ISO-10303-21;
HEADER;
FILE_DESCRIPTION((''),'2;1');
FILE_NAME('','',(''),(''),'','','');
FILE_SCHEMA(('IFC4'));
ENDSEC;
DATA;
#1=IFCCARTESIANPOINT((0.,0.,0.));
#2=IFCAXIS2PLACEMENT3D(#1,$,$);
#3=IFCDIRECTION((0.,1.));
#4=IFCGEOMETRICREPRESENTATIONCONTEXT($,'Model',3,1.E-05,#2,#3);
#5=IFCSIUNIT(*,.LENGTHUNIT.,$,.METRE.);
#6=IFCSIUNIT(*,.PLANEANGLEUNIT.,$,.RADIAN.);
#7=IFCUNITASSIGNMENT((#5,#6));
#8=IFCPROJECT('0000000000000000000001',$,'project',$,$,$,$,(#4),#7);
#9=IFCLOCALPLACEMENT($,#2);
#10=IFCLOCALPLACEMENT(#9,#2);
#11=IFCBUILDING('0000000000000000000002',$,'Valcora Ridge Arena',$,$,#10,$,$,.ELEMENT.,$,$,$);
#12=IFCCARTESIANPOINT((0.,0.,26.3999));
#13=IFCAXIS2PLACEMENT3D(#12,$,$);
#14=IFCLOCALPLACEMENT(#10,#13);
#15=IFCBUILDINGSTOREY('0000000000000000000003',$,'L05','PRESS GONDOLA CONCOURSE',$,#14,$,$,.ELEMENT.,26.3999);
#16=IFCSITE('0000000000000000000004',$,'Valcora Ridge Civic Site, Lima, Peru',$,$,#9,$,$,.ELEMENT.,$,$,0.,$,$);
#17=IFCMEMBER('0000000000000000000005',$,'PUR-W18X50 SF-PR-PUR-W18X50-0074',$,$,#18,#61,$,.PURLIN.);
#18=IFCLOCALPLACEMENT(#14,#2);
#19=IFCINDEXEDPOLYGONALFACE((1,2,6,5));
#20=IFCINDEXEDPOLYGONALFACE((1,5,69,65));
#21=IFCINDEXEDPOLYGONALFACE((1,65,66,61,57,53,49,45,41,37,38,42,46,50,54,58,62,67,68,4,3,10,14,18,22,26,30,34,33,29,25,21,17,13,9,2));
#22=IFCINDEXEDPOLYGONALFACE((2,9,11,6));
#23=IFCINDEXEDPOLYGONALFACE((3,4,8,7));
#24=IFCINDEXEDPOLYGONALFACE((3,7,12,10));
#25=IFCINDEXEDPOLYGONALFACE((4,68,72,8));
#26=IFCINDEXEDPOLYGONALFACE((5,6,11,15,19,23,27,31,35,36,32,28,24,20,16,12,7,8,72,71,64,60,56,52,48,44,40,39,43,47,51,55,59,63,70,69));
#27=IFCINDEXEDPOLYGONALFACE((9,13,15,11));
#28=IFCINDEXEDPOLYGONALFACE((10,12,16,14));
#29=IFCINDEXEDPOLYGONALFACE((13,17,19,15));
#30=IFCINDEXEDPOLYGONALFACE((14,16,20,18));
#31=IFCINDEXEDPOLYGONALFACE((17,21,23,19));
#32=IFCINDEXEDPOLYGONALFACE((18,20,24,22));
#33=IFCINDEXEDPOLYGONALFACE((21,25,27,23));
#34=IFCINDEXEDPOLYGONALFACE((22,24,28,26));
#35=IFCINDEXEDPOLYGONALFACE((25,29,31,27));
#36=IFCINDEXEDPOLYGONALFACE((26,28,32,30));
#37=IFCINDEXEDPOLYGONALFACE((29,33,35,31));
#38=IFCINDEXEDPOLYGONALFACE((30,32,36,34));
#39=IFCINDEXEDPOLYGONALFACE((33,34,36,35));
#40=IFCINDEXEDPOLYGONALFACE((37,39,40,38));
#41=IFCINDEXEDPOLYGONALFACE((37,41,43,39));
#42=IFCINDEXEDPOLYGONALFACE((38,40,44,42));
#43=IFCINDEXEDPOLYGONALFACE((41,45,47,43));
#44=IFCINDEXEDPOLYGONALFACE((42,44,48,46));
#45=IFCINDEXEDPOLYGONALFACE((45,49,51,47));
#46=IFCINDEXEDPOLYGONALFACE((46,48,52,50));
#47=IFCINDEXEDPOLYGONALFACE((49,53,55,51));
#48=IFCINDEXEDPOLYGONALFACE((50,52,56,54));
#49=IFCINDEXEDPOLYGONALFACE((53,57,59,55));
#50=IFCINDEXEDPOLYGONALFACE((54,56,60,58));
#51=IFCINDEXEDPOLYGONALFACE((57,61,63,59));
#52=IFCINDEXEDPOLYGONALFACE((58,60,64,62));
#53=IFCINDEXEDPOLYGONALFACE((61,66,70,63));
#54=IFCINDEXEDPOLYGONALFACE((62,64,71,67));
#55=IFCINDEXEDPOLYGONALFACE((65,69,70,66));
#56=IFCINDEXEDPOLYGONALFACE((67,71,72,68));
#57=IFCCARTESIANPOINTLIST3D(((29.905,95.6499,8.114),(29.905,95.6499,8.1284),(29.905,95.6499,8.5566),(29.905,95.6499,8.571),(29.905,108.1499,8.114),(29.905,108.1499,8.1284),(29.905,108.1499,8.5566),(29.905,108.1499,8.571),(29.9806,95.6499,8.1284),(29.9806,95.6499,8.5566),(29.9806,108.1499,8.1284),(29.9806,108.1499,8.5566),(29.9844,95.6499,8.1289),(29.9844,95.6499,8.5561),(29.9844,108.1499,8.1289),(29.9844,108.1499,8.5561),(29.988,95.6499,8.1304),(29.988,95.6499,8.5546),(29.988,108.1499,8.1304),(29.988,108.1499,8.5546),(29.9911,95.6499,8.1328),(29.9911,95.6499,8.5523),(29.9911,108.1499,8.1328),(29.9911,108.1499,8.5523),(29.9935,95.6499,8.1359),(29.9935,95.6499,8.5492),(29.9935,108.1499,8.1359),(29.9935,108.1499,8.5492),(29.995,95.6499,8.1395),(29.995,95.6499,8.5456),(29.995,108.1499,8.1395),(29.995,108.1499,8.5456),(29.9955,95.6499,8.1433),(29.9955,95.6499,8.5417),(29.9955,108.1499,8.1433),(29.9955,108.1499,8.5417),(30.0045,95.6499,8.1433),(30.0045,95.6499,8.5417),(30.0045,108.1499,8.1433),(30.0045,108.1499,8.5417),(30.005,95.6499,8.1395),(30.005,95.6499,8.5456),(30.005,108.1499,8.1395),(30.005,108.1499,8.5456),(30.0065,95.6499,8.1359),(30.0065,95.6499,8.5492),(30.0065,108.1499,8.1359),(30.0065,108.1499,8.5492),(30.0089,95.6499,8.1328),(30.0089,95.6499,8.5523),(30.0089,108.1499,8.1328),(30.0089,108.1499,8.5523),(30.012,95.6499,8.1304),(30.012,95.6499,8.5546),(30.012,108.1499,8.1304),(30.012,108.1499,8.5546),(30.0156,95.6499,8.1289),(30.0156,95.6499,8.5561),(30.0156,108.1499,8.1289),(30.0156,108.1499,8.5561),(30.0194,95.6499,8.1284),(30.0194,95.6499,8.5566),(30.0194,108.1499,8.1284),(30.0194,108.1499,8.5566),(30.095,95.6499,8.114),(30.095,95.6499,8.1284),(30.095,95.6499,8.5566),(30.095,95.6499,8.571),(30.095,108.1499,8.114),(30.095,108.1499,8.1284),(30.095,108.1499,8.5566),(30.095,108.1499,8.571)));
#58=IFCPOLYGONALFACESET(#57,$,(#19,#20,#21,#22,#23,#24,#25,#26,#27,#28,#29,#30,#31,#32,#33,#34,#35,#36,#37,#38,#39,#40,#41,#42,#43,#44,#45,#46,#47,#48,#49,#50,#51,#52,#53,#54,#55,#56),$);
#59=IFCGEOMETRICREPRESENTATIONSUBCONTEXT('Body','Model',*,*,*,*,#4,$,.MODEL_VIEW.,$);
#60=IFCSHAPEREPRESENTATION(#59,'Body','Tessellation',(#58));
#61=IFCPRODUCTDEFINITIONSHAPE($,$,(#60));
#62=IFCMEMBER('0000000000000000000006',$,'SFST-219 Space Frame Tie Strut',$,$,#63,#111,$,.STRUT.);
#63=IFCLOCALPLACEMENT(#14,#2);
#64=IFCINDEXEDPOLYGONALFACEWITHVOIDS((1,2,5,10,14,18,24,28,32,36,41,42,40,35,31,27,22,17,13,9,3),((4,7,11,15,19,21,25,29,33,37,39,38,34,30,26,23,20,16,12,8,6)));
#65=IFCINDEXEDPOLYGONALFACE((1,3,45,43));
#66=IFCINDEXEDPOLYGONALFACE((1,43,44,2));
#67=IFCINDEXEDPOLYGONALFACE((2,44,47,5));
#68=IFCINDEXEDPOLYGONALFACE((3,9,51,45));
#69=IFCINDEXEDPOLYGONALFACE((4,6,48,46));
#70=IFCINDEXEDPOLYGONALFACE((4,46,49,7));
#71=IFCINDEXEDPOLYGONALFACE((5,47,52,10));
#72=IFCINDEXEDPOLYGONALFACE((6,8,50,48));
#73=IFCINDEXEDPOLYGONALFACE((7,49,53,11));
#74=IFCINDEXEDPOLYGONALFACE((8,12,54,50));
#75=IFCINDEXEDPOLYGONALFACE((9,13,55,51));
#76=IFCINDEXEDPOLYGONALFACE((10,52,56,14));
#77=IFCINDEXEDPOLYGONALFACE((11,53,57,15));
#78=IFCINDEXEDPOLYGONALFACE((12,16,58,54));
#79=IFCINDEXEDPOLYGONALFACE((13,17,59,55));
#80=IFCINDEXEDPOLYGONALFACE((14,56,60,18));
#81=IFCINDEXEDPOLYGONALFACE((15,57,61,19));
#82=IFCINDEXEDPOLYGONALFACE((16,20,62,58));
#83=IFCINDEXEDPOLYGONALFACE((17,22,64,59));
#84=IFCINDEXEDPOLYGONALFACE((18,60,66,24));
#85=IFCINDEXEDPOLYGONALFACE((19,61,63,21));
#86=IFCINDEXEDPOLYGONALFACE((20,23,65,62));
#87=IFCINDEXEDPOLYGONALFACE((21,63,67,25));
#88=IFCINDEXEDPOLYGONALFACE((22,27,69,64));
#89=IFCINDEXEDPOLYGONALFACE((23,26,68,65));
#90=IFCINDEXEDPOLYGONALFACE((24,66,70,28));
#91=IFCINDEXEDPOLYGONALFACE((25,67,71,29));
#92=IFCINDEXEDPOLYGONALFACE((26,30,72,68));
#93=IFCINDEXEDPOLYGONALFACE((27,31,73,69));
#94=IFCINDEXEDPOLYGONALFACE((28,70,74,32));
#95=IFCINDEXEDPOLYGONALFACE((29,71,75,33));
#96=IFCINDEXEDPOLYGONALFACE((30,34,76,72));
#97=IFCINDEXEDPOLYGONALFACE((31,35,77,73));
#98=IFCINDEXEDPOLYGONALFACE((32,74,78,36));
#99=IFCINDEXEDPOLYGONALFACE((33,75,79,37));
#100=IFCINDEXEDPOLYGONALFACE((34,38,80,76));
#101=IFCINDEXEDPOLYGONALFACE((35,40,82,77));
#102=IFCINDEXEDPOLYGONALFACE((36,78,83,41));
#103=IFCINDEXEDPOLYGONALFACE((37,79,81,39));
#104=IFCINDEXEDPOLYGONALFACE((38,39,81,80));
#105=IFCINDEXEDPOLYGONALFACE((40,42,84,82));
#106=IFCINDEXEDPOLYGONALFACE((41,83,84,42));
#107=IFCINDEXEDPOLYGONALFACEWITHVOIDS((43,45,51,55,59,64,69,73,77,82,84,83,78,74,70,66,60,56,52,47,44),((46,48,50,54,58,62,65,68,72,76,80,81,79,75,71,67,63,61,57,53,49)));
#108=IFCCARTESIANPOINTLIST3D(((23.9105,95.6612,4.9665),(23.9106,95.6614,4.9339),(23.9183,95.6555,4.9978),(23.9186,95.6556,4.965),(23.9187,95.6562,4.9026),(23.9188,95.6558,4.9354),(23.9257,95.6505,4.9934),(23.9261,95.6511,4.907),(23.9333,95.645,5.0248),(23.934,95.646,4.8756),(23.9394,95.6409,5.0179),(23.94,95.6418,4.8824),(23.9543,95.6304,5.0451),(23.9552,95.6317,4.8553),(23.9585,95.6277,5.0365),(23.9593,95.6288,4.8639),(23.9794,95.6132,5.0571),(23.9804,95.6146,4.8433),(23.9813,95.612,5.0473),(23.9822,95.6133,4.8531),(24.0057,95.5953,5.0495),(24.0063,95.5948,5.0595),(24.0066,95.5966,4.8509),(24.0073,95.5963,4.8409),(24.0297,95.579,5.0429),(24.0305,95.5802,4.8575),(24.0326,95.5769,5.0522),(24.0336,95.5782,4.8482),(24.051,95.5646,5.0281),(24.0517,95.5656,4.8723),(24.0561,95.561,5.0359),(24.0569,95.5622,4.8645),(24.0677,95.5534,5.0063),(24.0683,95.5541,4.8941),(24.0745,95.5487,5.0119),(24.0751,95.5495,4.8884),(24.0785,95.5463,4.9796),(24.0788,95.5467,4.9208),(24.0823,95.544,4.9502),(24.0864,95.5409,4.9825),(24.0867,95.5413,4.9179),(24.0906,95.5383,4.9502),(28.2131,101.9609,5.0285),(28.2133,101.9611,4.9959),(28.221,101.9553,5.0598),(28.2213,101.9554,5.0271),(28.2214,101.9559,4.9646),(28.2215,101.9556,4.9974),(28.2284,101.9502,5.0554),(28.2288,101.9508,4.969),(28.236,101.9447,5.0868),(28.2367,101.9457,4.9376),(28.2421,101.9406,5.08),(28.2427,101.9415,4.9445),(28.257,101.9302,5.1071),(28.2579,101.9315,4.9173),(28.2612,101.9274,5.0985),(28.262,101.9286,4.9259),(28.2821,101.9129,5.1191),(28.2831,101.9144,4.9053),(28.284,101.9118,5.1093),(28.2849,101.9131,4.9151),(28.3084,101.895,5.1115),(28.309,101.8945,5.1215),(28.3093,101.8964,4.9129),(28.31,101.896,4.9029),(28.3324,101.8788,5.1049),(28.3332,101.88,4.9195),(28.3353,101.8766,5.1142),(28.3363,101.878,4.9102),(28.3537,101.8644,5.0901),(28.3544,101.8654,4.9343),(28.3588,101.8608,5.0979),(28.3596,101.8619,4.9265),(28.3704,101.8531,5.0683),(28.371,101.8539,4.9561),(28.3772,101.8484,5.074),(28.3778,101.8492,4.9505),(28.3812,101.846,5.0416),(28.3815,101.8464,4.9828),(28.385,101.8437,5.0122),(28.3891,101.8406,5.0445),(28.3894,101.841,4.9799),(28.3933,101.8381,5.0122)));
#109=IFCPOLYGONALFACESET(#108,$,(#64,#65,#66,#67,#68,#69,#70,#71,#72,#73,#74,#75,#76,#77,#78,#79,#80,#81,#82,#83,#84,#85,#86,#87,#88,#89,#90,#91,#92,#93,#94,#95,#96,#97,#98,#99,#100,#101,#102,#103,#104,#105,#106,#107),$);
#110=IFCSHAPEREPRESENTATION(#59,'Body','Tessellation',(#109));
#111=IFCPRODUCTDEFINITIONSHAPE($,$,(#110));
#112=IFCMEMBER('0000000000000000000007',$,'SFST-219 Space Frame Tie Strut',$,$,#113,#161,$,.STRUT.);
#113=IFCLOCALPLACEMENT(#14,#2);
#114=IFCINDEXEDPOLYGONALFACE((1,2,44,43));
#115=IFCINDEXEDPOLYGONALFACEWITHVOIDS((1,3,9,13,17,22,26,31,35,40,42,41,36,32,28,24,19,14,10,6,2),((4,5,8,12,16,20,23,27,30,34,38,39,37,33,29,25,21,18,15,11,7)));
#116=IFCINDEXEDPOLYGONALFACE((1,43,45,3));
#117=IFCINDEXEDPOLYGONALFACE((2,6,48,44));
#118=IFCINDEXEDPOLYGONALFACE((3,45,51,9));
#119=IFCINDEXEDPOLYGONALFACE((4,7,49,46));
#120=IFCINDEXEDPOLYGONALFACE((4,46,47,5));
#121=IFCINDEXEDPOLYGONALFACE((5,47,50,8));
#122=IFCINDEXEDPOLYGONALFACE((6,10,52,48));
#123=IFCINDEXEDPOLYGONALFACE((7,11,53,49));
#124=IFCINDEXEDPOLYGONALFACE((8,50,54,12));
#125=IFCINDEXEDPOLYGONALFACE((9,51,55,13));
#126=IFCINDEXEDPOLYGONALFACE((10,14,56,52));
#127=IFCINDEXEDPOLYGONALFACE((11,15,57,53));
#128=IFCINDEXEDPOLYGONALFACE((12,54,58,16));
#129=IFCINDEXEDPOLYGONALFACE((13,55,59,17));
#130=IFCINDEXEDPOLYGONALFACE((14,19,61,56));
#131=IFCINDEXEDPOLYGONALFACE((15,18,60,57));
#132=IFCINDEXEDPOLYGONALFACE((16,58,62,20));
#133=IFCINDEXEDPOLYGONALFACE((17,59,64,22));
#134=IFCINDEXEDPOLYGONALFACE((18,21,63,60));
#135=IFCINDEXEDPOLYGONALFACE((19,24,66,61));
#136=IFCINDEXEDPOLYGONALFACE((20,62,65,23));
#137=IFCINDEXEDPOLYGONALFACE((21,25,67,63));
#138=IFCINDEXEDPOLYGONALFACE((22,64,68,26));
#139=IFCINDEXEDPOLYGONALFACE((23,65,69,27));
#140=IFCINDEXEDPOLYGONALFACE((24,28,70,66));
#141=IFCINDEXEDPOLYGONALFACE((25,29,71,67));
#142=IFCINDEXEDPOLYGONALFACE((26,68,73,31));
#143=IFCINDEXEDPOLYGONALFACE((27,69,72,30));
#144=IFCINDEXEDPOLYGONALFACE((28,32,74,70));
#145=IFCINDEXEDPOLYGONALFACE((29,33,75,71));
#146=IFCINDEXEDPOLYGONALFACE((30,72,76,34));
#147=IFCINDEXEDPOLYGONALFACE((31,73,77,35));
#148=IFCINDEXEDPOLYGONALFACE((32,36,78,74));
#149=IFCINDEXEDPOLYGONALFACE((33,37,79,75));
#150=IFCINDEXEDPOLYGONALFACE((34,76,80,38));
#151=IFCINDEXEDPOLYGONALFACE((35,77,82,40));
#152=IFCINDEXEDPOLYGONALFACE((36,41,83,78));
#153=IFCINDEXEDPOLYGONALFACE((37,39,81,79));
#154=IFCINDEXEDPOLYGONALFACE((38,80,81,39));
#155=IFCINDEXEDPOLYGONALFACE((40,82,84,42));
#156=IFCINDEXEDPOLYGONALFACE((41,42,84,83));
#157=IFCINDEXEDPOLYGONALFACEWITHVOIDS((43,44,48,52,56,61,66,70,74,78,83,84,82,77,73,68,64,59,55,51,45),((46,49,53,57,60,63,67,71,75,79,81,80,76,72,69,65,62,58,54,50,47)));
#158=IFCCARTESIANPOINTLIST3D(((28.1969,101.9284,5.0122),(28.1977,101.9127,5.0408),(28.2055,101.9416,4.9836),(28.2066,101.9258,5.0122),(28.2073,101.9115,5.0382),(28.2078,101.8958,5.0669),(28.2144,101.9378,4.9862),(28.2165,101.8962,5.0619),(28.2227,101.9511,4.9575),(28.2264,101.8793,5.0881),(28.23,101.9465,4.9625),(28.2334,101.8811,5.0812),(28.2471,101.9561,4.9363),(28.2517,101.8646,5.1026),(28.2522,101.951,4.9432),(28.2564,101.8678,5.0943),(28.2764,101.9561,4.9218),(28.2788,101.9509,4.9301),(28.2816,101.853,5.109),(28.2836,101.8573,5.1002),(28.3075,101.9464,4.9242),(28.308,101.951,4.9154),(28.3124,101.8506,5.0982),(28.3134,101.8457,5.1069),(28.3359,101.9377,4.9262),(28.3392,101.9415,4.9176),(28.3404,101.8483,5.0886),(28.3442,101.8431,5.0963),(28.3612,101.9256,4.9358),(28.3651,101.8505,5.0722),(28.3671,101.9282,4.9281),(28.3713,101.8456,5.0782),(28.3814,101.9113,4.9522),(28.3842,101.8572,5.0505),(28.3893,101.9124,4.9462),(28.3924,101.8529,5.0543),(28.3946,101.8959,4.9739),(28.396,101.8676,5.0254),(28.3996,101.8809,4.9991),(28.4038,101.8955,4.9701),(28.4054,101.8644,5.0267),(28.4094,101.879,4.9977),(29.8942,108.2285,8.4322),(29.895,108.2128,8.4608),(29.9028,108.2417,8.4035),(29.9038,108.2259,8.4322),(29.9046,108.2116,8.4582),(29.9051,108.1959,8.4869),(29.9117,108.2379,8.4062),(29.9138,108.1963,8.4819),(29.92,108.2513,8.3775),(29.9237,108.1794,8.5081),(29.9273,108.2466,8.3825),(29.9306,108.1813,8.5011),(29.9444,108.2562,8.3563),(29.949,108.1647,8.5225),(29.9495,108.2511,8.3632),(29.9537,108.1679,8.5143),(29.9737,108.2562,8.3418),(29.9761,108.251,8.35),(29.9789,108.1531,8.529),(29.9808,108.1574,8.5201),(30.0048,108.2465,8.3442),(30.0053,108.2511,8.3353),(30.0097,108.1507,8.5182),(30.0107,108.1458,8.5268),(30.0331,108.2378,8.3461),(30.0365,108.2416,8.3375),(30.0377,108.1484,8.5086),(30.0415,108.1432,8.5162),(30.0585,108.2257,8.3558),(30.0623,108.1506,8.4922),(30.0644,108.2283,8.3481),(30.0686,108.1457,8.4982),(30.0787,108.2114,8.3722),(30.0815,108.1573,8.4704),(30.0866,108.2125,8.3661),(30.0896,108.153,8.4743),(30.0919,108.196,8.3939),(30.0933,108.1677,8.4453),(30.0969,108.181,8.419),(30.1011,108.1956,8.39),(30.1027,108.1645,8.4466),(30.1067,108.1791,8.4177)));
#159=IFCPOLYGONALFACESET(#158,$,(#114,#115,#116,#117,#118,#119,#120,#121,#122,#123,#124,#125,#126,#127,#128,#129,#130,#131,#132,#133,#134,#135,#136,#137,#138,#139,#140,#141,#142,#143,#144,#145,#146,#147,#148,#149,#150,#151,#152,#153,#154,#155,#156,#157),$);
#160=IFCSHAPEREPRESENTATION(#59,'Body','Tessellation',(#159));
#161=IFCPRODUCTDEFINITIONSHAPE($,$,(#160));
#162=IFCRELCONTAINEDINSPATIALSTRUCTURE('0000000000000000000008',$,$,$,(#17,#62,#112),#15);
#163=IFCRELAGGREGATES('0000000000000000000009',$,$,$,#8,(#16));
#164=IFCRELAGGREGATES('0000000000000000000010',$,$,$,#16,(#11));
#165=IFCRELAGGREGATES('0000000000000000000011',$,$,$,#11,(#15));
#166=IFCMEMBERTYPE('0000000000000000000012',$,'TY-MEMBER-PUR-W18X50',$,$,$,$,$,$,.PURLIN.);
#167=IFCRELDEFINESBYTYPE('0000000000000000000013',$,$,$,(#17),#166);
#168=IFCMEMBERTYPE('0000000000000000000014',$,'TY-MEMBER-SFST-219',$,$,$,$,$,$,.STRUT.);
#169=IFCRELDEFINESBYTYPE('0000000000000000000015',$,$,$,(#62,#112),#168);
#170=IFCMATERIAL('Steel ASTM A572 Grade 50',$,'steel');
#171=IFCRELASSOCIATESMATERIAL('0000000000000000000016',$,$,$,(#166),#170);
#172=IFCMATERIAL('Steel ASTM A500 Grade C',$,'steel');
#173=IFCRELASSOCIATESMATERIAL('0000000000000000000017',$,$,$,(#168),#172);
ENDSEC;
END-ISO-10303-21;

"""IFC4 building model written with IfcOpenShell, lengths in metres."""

from ifc_helpers import new_model, si_unit, direction, frame, origin, origin_2d, place, context, subcontext, project, spatial, hollow_circle, i_section, extrude, material, material_profile, profile_set, type_object, element, save


model = new_model("IFC4")

# Units and contexts
model_context = context("Model", 3, precision=1e-05, world=origin(), true_north=direction((0.0, 1.0)))
body_context = subcontext(model_context, "Body", "Model", "MODEL_VIEW")
ifc_project = project(units=[si_unit("LENGTHUNIT", "METRE"), si_unit("PLANEANGLEUNIT", "RADIAN")], contexts=[model_context])

# Site, building, storey
site_placement = place(None, origin())
site = spatial("IfcSite", under=ifc_project, at=site_placement, Name="Valcora Ridge Civic Site, Lima, Peru", CompositionType="ELEMENT", RefElevation=0.0)
building_placement = place(site_placement, origin())
building = spatial("IfcBuilding", under=site, at=building_placement, Name="Valcora Ridge Arena", CompositionType="ELEMENT")
storey_placement = place(building_placement, frame((0.0, 0.0, 26.3999)))
storey = spatial("IfcBuildingStorey", under=building, at=storey_placement, Name="L05", Description="PRESS GONDOLA CONCOURSE", CompositionType="ELEMENT", Elevation=26.3999)

# Members
ifc_material_1 = material(Name="Steel ASTM A572 Grade 50", Category="steel")
ifc_material_profile_1 = material_profile(ifc_material_1, i_section(OverallWidth=0.1899, OverallDepth=0.457, WebThickness=0.009, FlangeThickness=0.0144, FilletRadius=0.0149, at=origin_2d()), Name="W18X50")
ifc_profile_set_1 = profile_set([ifc_material_profile_1], Name="Steel ASTM A572 Grade 50")
member_type_1 = type_object("IfcMemberType", Name="TY-MEMBER-PUR-W18X50", PredefinedType="PURLIN", material=ifc_profile_set_1)
member_1_placement = place(storey_placement, frame((30.0, 95.6499, 8.3425), z_axis=(0.0, 1.0, 0.0), x_axis=(-1.0, 0.0, 0.0)))
element("IfcMember", 1, at=member_1_placement, inside=storey, type_object=member_type_1, Name="PUR-W18X50 SF-PR-PUR-W18X50-0074", PredefinedType="PURLIN", context=body_context, shape_type="SweptSolid", body=[
    extrude(i_section(OverallWidth=0.1899, OverallDepth=0.457, WebThickness=0.009, FlangeThickness=0.0144, FilletRadius=0.0149, at=origin_2d()), origin(), (0.0, 0.0, 1.0), 12.5),
])
ifc_material_2 = material(Name="Steel ASTM A500 Grade C", Category="steel")
ifc_material_profile_2 = material_profile(ifc_material_2, hollow_circle(Radius=0.1096, WallThickness=0.01, at=origin_2d()), Name="CHS219X10")
ifc_profile_set_2 = profile_set([ifc_material_profile_2], Name="Steel ASTM A500 Grade C")
member_type_2 = type_object("IfcMemberType", Name="TY-MEMBER-SFST-219", PredefinedType="STRUT", material=ifc_profile_set_2)
member_2_placement = place(storey_placement, frame((28.3027, 101.8999, 5.0122), z_axis=(-0.563981, -0.825748, -0.008128), x_axis=(0.825775, -0.564, 0.0)))
element("IfcMember", 2, at=member_2_placement, inside=storey, type_object=member_type_2, Name="SFST-219 Space Frame Tie Strut", PredefinedType="STRUT", context=body_context, shape_type="SweptSolid", body=[
    extrude(hollow_circle(Radius=0.1096, WallThickness=0.01, at=origin_2d()), origin(), (0.0, 0.0, 1.0), 7.6292),
])
member_3_placement = place(storey_placement, frame((28.3027, 101.8999, 5.0122), z_axis=(0.230399, 0.855215, 0.464245), x_axis=(-0.965573, 0.26013, 0.0)))
element("IfcMember", 3, at=member_3_placement, inside=storey, type_object=member_type_2, Name="SFST-219 Space Frame Tie Strut", PredefinedType="STRUT", context=body_context, shape_type="SweptSolid", body=[
    extrude(hollow_circle(Radius=0.1096, WallThickness=0.01, at=origin_2d()), origin(), (0.0, 0.0, 1.0), 7.3667),
])

save(model, "model.ifc")
